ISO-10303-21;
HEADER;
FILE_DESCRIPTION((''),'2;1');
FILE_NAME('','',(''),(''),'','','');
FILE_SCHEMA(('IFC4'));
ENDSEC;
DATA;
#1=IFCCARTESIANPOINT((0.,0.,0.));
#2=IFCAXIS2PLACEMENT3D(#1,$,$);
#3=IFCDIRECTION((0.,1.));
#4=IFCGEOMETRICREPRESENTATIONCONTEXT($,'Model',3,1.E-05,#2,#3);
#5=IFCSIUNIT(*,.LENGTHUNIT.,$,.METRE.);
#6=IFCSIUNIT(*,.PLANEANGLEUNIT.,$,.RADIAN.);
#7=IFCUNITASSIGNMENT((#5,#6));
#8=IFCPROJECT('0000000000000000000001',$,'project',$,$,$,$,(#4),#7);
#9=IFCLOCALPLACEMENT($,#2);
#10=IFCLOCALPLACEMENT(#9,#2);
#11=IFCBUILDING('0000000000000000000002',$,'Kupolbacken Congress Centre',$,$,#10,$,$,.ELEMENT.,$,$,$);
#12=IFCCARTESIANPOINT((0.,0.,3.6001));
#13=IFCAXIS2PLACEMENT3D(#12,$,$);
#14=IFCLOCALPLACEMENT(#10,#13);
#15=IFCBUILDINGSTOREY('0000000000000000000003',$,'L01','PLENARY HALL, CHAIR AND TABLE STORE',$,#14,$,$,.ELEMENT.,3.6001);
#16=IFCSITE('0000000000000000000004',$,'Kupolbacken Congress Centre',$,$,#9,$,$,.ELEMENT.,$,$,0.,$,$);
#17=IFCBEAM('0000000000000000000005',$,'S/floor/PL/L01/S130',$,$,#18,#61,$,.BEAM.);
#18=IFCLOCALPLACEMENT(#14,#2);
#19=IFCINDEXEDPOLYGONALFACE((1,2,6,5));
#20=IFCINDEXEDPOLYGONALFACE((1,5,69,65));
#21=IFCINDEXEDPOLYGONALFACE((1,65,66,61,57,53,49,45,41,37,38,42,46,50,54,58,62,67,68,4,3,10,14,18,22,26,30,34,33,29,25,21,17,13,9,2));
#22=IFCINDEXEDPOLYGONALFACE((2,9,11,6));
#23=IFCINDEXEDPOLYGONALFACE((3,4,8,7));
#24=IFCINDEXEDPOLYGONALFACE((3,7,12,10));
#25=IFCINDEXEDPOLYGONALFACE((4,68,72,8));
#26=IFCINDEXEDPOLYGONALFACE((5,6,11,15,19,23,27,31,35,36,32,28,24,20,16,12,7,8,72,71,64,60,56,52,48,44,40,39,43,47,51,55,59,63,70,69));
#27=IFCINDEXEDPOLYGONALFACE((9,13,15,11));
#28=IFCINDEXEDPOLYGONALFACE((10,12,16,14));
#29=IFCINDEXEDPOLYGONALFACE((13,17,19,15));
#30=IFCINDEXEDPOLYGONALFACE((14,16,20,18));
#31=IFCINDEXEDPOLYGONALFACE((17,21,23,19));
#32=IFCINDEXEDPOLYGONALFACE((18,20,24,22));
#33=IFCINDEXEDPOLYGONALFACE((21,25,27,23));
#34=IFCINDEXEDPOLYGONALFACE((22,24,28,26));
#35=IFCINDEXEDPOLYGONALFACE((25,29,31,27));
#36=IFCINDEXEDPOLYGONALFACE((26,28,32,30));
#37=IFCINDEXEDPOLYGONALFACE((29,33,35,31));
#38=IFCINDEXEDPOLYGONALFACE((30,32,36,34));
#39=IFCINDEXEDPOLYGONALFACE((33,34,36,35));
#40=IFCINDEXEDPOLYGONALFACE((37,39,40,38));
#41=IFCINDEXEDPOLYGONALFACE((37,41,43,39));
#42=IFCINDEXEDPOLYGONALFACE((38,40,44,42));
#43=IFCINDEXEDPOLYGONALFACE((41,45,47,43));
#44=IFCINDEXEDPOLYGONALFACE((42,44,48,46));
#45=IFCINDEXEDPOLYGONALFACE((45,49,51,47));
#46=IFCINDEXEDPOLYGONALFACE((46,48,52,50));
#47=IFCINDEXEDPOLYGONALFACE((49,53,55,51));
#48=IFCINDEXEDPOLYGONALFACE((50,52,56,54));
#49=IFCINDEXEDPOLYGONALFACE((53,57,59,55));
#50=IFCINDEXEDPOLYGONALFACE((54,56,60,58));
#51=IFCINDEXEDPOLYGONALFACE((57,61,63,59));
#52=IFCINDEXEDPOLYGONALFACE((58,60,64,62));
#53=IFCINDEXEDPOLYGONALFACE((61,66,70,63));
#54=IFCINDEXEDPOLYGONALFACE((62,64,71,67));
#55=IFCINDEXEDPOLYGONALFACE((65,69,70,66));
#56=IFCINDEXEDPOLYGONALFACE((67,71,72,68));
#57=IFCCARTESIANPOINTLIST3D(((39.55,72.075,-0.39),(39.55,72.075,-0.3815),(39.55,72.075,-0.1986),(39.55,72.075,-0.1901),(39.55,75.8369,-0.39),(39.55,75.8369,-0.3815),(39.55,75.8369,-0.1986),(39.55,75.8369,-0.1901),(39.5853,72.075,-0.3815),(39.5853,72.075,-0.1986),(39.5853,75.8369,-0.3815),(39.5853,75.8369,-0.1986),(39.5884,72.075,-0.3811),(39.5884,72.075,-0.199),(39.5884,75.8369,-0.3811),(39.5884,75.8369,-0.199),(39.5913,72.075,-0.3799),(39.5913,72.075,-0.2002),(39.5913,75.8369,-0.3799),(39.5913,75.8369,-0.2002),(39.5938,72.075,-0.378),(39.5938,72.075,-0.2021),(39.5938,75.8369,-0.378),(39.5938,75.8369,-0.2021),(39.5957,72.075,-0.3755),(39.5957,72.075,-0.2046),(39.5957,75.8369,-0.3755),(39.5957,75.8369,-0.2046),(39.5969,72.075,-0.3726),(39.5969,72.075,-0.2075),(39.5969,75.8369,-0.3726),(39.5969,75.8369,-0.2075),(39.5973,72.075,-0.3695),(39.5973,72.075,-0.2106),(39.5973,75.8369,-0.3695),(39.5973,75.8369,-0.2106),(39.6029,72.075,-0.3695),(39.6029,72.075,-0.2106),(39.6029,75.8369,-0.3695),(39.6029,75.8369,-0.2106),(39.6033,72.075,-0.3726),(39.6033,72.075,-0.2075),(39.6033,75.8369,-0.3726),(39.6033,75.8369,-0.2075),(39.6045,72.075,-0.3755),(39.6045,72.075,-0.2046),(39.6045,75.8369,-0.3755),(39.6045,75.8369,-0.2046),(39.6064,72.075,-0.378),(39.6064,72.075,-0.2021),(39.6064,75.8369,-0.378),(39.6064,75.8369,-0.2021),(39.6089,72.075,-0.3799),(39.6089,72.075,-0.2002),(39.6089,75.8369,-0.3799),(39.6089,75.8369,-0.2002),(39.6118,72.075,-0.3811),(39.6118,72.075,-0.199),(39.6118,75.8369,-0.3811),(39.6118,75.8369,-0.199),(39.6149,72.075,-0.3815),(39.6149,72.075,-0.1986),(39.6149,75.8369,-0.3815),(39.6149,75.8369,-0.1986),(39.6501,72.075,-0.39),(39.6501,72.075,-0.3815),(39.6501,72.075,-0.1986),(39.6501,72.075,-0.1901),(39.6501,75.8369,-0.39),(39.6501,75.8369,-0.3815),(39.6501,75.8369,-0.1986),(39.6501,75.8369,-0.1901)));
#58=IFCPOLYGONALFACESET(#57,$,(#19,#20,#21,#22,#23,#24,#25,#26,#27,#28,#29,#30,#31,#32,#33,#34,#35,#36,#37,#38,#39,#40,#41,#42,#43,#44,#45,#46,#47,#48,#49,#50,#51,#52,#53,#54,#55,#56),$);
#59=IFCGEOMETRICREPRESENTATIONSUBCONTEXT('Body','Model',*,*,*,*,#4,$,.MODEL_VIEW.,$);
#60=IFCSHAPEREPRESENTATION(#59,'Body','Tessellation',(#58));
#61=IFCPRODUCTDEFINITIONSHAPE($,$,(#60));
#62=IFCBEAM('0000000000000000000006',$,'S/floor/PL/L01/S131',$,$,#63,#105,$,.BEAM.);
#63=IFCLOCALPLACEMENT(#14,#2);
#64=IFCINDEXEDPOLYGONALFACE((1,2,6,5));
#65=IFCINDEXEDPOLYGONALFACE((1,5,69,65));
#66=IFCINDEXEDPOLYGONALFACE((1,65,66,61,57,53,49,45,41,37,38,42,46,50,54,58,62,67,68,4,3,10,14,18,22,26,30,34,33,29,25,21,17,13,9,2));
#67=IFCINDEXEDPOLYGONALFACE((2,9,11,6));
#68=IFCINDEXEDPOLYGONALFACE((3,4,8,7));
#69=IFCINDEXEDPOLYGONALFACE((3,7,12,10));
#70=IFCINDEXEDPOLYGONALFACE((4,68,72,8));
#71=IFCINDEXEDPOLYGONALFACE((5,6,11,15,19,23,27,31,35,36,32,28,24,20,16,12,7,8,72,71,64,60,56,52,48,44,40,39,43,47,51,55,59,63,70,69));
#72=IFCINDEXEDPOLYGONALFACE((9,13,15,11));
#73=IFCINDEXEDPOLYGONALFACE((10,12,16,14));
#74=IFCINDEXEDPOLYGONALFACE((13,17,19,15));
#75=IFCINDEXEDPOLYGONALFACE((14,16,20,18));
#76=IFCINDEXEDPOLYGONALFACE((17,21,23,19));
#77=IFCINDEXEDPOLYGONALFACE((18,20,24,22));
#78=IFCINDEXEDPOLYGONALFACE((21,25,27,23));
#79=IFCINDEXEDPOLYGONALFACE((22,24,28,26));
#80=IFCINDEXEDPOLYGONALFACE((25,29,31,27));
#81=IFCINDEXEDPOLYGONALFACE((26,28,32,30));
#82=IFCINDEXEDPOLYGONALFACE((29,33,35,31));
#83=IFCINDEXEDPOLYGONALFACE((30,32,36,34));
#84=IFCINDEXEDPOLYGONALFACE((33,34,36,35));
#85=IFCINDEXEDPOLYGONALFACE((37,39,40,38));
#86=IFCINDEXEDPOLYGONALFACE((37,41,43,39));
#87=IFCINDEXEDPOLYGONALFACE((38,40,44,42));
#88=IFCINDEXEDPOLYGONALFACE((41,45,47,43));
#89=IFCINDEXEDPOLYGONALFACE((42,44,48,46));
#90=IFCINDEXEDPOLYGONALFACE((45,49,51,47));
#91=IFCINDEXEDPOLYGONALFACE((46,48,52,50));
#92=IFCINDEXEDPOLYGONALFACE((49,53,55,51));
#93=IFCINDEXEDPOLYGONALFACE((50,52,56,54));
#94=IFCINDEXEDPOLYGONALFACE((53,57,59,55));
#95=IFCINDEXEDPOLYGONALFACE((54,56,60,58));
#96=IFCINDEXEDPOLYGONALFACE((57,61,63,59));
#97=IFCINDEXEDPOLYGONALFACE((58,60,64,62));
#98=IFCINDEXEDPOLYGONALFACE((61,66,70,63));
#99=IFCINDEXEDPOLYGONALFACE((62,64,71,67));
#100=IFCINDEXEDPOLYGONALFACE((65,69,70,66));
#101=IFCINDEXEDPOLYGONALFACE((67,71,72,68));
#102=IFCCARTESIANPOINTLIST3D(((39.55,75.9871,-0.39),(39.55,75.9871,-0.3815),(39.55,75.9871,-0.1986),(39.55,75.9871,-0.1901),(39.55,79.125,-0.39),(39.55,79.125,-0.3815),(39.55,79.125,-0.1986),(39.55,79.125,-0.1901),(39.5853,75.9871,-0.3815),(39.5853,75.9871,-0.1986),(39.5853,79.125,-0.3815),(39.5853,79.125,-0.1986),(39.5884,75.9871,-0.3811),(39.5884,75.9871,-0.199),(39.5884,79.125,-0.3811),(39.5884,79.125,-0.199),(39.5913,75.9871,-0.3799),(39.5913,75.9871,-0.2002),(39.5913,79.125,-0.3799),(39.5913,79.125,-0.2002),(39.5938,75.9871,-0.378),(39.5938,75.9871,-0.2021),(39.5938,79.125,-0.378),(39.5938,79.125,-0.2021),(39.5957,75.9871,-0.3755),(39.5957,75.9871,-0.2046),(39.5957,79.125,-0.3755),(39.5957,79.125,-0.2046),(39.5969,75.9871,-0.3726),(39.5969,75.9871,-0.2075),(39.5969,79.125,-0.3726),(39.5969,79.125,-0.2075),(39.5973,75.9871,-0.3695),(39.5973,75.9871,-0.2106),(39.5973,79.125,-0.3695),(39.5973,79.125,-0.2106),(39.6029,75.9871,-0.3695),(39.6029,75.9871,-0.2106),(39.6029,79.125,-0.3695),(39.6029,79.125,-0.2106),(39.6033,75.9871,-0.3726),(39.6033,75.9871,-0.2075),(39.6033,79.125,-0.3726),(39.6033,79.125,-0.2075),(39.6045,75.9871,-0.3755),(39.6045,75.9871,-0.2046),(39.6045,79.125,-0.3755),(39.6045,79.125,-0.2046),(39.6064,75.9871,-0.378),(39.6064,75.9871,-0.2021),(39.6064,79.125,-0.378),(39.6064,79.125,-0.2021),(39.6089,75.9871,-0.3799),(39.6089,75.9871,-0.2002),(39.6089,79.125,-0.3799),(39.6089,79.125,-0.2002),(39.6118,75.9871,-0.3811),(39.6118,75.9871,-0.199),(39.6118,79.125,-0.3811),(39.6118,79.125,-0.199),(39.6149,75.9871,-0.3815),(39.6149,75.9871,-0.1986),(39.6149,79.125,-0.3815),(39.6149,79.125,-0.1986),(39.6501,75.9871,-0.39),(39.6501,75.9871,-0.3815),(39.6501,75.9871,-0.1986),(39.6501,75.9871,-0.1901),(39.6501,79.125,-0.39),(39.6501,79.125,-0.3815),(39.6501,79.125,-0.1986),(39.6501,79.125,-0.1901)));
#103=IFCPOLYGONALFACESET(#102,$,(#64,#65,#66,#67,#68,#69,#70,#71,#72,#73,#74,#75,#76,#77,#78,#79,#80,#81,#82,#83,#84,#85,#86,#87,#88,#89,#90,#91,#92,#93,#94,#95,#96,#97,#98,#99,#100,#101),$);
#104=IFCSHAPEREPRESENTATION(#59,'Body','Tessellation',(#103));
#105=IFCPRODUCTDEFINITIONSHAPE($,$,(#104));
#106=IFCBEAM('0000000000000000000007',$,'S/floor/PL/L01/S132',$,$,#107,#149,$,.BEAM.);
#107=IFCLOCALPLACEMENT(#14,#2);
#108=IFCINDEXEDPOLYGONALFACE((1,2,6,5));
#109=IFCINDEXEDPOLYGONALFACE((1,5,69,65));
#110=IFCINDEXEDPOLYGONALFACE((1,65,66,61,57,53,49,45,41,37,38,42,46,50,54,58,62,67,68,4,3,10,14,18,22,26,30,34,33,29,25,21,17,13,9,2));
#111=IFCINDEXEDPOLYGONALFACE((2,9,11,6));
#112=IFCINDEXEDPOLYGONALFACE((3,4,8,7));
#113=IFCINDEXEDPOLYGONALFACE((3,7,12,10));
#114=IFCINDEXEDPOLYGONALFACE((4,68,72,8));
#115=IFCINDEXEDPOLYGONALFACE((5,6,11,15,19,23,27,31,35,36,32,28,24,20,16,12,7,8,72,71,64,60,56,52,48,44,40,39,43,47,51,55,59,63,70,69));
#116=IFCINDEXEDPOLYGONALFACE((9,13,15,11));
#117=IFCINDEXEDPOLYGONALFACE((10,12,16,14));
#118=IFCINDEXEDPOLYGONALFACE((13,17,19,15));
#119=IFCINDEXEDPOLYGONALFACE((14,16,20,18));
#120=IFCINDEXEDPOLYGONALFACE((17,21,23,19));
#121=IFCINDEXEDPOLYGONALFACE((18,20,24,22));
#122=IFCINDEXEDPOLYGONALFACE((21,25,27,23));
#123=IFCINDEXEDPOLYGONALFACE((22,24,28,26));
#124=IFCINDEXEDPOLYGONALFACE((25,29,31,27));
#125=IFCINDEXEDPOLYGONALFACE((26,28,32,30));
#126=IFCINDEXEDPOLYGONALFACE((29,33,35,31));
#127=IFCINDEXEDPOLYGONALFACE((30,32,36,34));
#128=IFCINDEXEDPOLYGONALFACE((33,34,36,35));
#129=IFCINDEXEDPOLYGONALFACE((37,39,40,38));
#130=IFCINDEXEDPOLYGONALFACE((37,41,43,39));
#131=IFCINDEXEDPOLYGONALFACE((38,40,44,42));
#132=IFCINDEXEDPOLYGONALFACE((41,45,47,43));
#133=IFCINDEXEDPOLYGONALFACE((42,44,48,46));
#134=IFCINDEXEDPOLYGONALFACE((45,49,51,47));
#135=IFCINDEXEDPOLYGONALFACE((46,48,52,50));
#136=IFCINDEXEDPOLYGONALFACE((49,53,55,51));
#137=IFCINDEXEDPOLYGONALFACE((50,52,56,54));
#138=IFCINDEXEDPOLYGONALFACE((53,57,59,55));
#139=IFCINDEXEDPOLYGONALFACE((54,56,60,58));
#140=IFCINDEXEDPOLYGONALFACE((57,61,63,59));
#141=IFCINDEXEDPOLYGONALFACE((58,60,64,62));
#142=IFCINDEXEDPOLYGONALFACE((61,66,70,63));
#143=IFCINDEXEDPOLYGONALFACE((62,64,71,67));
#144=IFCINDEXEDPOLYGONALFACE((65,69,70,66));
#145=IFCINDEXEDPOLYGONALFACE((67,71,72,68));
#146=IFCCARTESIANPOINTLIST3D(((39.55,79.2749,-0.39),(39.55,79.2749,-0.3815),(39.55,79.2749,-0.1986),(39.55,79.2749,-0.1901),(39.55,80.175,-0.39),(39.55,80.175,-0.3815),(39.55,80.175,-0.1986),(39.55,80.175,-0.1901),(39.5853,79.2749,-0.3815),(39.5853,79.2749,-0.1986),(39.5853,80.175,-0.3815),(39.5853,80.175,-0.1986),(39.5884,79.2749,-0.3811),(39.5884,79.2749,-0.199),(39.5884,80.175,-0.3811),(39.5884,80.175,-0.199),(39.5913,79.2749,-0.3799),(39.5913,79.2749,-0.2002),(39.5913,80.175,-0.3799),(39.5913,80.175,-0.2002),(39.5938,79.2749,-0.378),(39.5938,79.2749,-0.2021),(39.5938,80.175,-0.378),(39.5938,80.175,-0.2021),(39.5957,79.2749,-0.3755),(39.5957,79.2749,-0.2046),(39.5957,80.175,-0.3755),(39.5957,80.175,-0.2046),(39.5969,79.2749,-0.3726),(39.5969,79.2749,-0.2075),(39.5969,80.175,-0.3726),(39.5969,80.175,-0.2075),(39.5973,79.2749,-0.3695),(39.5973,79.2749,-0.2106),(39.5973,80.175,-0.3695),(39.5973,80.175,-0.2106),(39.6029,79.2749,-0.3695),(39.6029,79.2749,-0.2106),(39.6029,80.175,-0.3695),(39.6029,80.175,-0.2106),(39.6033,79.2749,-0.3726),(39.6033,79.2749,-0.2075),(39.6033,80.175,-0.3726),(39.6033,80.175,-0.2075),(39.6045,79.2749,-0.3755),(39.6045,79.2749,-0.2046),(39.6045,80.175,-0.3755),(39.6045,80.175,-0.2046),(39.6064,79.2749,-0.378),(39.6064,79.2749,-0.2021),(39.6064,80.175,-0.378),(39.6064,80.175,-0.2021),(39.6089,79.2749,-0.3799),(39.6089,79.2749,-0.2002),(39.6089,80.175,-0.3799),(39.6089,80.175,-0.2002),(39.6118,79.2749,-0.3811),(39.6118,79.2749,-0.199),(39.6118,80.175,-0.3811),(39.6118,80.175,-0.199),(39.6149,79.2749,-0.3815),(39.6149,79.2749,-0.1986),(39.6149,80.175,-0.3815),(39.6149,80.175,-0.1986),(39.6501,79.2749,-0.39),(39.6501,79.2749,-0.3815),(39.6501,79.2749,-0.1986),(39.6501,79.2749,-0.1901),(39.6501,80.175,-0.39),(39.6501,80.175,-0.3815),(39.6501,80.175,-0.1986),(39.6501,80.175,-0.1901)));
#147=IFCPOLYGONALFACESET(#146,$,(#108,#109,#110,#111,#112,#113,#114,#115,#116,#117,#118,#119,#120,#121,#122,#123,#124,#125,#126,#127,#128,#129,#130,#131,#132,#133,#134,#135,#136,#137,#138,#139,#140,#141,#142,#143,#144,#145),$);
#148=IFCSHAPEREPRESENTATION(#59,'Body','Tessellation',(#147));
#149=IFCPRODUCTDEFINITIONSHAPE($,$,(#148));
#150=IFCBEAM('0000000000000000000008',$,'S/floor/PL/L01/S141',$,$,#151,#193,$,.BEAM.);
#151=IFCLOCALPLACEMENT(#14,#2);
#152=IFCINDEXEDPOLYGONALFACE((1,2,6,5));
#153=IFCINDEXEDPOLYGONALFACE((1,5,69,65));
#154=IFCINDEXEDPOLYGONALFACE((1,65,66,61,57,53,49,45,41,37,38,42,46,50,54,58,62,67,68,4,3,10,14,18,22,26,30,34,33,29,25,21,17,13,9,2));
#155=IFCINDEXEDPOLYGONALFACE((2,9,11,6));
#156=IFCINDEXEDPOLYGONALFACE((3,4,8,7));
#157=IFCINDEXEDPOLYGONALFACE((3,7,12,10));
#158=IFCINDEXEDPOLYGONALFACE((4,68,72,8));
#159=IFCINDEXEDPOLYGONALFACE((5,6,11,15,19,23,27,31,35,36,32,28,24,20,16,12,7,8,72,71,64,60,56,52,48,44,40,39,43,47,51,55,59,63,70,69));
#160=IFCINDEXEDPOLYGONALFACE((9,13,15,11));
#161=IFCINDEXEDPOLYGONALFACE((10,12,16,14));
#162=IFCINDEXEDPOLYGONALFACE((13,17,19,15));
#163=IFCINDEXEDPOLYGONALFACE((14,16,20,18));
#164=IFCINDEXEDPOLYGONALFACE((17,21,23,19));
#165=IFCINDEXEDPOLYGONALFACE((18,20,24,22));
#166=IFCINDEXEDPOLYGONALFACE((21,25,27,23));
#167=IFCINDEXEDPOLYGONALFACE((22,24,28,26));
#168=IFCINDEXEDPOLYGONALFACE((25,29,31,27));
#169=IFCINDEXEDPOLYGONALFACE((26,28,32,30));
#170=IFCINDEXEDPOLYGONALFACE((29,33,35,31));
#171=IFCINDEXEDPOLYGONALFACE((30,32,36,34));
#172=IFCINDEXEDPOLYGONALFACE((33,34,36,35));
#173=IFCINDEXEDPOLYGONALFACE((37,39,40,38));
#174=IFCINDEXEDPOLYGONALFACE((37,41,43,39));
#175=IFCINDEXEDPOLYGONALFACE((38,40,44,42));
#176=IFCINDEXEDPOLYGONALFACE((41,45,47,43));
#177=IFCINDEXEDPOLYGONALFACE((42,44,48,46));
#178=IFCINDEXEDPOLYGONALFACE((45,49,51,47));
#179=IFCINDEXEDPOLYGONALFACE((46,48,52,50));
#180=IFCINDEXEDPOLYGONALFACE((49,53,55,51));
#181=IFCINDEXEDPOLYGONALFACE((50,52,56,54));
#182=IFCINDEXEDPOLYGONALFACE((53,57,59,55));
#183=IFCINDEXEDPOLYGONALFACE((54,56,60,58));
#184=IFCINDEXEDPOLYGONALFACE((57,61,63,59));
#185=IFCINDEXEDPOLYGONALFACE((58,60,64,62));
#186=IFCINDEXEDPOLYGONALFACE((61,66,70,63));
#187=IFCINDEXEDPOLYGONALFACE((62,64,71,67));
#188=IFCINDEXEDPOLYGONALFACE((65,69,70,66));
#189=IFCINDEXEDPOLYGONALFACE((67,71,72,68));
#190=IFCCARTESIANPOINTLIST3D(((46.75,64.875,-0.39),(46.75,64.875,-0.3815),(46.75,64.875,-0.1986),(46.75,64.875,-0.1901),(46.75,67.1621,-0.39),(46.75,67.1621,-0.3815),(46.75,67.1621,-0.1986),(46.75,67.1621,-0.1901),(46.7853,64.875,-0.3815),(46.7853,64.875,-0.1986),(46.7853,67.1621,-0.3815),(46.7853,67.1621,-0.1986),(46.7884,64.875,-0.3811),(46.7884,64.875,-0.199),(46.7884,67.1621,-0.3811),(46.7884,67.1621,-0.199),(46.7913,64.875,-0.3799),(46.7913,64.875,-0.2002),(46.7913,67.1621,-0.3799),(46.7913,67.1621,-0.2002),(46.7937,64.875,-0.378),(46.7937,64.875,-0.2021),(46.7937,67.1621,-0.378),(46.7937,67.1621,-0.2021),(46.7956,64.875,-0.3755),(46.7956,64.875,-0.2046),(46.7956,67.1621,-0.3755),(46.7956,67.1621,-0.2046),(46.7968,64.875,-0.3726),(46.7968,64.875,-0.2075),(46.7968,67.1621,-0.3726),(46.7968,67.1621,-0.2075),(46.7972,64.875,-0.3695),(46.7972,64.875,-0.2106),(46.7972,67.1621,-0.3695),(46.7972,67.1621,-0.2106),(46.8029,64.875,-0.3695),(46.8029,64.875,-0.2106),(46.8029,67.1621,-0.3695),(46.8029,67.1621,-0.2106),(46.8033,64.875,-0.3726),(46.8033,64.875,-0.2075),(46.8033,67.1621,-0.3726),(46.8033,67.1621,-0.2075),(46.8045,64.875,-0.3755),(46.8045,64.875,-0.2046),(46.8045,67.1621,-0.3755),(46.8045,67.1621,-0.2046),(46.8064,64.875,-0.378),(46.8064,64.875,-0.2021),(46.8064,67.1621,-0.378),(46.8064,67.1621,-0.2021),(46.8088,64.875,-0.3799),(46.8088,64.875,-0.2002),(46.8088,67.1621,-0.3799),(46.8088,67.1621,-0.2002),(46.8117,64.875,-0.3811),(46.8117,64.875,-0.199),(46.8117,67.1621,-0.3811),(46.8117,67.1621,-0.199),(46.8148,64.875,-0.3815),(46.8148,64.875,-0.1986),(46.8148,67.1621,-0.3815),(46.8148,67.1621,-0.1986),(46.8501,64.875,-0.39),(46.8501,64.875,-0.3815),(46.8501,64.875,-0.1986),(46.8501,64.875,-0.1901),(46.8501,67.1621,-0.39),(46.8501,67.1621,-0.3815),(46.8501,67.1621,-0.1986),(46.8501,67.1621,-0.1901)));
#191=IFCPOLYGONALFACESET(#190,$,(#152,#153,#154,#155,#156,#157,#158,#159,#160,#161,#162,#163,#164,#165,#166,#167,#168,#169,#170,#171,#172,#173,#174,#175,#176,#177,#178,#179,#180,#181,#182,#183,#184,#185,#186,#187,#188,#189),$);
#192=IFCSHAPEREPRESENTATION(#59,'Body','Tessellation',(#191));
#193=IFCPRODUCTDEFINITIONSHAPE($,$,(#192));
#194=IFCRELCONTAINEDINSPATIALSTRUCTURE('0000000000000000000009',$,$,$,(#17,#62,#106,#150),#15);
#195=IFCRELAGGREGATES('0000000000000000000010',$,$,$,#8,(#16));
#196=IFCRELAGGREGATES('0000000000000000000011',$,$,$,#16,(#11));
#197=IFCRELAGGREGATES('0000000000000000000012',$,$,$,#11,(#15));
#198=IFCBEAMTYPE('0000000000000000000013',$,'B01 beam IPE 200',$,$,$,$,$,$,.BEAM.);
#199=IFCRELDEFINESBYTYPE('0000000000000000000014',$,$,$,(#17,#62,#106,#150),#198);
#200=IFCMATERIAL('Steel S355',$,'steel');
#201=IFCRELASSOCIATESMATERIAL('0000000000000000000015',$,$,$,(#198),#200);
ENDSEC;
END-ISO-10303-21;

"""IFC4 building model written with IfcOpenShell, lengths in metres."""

from ifc_helpers import new_model, si_unit, direction, frame, origin, origin_2d, place, context, subcontext, project, spatial, i_section, extrude, material, material_profile, profile_set, type_object, element, save


model = new_model("IFC4")

# Units and contexts
model_context = context("Model", 3, precision=1e-05, world=origin(), true_north=direction((0.0, 1.0)))
body_context = subcontext(model_context, "Body", "Model", "MODEL_VIEW")
ifc_project = project(units=[si_unit("LENGTHUNIT", "METRE"), si_unit("PLANEANGLEUNIT", "RADIAN")], contexts=[model_context])

# Site, building, storey
site_placement = place(None, origin())
site = spatial("IfcSite", under=ifc_project, at=site_placement, Name="Kupolbacken Congress Centre", CompositionType="ELEMENT", RefElevation=0.0)
building_placement = place(site_placement, origin())
building = spatial("IfcBuilding", under=site, at=building_placement, Name="Kupolbacken Congress Centre", CompositionType="ELEMENT")
storey_placement = place(building_placement, frame((0.0, 0.0, 3.6001)))
storey = spatial("IfcBuildingStorey", under=building, at=storey_placement, Name="L01", Description="PLENARY HALL, CHAIR AND TABLE STORE", CompositionType="ELEMENT", Elevation=3.6001)

# Beams
ifc_material_1 = material(Name="Steel S355", Category="steel")
ifc_material_profile_1 = material_profile(ifc_material_1, i_section(OverallWidth=0.1001, OverallDepth=0.2, WebThickness=0.0056, FlangeThickness=0.0085, FilletRadius=0.012, at=origin_2d()), Name="IPE 200")
ifc_profile_set_1 = profile_set([ifc_material_profile_1], Name="Steel S355")
beam_type_1 = type_object("IfcBeamType", Name="B01 beam IPE 200", PredefinedType="BEAM", material=ifc_profile_set_1)
beam_1_placement = place(storey_placement, frame((39.6001, 72.075, -0.29), z_axis=(0.0, 1.0, 0.0), x_axis=(-1.0, 0.0, 0.0)))
element("IfcBeam", 1, at=beam_1_placement, inside=storey, type_object=beam_type_1, Name="S/floor/PL/L01/S130", PredefinedType="BEAM", context=body_context, shape_type="SweptSolid", body=[
    extrude(i_section(OverallWidth=0.1001, OverallDepth=0.2, WebThickness=0.0056, FlangeThickness=0.0085, FilletRadius=0.012, at=origin_2d()), origin(), (0.0, 0.0, 1.0), 3.762),
])
beam_2_placement = place(storey_placement, frame((39.6001, 75.9871, -0.29), z_axis=(0.0, 1.0, 0.0), x_axis=(-1.0, 0.0, 0.0)))
element("IfcBeam", 2, at=beam_2_placement, inside=storey, type_object=beam_type_1, Name="S/floor/PL/L01/S131", PredefinedType="BEAM", context=body_context, shape_type="SweptSolid", body=[
    extrude(i_section(OverallWidth=0.1001, OverallDepth=0.2, WebThickness=0.0056, FlangeThickness=0.0085, FilletRadius=0.012, at=origin_2d()), origin(), (0.0, 0.0, 1.0), 3.1379),
])
beam_3_placement = place(storey_placement, frame((39.6001, 79.2749, -0.29), z_axis=(0.0, 1.0, 0.0), x_axis=(-1.0, 0.0, 0.0)))
element("IfcBeam", 3, at=beam_3_placement, inside=storey, type_object=beam_type_1, Name="S/floor/PL/L01/S132", PredefinedType="BEAM", context=body_context, shape_type="SweptSolid", body=[
    extrude(i_section(OverallWidth=0.1001, OverallDepth=0.2, WebThickness=0.0056, FlangeThickness=0.0085, FilletRadius=0.012, at=origin_2d()), origin(), (0.0, 0.0, 1.0), 0.9001),
])
beam_4_placement = place(storey_placement, frame((46.8, 64.875, -0.29), z_axis=(0.0, 1.0, 0.0), x_axis=(-1.0, 0.0, 0.0)))
element("IfcBeam", 4, at=beam_4_placement, inside=storey, type_object=beam_type_1, Name="S/floor/PL/L01/S141", PredefinedType="BEAM", context=body_context, shape_type="SweptSolid", body=[
    extrude(i_section(OverallWidth=0.1001, OverallDepth=0.2, WebThickness=0.0056, FlangeThickness=0.0085, FilletRadius=0.012, at=origin_2d()), origin(), (0.0, 0.0, 1.0), 2.2871),
])

save(model, "model.ifc")
